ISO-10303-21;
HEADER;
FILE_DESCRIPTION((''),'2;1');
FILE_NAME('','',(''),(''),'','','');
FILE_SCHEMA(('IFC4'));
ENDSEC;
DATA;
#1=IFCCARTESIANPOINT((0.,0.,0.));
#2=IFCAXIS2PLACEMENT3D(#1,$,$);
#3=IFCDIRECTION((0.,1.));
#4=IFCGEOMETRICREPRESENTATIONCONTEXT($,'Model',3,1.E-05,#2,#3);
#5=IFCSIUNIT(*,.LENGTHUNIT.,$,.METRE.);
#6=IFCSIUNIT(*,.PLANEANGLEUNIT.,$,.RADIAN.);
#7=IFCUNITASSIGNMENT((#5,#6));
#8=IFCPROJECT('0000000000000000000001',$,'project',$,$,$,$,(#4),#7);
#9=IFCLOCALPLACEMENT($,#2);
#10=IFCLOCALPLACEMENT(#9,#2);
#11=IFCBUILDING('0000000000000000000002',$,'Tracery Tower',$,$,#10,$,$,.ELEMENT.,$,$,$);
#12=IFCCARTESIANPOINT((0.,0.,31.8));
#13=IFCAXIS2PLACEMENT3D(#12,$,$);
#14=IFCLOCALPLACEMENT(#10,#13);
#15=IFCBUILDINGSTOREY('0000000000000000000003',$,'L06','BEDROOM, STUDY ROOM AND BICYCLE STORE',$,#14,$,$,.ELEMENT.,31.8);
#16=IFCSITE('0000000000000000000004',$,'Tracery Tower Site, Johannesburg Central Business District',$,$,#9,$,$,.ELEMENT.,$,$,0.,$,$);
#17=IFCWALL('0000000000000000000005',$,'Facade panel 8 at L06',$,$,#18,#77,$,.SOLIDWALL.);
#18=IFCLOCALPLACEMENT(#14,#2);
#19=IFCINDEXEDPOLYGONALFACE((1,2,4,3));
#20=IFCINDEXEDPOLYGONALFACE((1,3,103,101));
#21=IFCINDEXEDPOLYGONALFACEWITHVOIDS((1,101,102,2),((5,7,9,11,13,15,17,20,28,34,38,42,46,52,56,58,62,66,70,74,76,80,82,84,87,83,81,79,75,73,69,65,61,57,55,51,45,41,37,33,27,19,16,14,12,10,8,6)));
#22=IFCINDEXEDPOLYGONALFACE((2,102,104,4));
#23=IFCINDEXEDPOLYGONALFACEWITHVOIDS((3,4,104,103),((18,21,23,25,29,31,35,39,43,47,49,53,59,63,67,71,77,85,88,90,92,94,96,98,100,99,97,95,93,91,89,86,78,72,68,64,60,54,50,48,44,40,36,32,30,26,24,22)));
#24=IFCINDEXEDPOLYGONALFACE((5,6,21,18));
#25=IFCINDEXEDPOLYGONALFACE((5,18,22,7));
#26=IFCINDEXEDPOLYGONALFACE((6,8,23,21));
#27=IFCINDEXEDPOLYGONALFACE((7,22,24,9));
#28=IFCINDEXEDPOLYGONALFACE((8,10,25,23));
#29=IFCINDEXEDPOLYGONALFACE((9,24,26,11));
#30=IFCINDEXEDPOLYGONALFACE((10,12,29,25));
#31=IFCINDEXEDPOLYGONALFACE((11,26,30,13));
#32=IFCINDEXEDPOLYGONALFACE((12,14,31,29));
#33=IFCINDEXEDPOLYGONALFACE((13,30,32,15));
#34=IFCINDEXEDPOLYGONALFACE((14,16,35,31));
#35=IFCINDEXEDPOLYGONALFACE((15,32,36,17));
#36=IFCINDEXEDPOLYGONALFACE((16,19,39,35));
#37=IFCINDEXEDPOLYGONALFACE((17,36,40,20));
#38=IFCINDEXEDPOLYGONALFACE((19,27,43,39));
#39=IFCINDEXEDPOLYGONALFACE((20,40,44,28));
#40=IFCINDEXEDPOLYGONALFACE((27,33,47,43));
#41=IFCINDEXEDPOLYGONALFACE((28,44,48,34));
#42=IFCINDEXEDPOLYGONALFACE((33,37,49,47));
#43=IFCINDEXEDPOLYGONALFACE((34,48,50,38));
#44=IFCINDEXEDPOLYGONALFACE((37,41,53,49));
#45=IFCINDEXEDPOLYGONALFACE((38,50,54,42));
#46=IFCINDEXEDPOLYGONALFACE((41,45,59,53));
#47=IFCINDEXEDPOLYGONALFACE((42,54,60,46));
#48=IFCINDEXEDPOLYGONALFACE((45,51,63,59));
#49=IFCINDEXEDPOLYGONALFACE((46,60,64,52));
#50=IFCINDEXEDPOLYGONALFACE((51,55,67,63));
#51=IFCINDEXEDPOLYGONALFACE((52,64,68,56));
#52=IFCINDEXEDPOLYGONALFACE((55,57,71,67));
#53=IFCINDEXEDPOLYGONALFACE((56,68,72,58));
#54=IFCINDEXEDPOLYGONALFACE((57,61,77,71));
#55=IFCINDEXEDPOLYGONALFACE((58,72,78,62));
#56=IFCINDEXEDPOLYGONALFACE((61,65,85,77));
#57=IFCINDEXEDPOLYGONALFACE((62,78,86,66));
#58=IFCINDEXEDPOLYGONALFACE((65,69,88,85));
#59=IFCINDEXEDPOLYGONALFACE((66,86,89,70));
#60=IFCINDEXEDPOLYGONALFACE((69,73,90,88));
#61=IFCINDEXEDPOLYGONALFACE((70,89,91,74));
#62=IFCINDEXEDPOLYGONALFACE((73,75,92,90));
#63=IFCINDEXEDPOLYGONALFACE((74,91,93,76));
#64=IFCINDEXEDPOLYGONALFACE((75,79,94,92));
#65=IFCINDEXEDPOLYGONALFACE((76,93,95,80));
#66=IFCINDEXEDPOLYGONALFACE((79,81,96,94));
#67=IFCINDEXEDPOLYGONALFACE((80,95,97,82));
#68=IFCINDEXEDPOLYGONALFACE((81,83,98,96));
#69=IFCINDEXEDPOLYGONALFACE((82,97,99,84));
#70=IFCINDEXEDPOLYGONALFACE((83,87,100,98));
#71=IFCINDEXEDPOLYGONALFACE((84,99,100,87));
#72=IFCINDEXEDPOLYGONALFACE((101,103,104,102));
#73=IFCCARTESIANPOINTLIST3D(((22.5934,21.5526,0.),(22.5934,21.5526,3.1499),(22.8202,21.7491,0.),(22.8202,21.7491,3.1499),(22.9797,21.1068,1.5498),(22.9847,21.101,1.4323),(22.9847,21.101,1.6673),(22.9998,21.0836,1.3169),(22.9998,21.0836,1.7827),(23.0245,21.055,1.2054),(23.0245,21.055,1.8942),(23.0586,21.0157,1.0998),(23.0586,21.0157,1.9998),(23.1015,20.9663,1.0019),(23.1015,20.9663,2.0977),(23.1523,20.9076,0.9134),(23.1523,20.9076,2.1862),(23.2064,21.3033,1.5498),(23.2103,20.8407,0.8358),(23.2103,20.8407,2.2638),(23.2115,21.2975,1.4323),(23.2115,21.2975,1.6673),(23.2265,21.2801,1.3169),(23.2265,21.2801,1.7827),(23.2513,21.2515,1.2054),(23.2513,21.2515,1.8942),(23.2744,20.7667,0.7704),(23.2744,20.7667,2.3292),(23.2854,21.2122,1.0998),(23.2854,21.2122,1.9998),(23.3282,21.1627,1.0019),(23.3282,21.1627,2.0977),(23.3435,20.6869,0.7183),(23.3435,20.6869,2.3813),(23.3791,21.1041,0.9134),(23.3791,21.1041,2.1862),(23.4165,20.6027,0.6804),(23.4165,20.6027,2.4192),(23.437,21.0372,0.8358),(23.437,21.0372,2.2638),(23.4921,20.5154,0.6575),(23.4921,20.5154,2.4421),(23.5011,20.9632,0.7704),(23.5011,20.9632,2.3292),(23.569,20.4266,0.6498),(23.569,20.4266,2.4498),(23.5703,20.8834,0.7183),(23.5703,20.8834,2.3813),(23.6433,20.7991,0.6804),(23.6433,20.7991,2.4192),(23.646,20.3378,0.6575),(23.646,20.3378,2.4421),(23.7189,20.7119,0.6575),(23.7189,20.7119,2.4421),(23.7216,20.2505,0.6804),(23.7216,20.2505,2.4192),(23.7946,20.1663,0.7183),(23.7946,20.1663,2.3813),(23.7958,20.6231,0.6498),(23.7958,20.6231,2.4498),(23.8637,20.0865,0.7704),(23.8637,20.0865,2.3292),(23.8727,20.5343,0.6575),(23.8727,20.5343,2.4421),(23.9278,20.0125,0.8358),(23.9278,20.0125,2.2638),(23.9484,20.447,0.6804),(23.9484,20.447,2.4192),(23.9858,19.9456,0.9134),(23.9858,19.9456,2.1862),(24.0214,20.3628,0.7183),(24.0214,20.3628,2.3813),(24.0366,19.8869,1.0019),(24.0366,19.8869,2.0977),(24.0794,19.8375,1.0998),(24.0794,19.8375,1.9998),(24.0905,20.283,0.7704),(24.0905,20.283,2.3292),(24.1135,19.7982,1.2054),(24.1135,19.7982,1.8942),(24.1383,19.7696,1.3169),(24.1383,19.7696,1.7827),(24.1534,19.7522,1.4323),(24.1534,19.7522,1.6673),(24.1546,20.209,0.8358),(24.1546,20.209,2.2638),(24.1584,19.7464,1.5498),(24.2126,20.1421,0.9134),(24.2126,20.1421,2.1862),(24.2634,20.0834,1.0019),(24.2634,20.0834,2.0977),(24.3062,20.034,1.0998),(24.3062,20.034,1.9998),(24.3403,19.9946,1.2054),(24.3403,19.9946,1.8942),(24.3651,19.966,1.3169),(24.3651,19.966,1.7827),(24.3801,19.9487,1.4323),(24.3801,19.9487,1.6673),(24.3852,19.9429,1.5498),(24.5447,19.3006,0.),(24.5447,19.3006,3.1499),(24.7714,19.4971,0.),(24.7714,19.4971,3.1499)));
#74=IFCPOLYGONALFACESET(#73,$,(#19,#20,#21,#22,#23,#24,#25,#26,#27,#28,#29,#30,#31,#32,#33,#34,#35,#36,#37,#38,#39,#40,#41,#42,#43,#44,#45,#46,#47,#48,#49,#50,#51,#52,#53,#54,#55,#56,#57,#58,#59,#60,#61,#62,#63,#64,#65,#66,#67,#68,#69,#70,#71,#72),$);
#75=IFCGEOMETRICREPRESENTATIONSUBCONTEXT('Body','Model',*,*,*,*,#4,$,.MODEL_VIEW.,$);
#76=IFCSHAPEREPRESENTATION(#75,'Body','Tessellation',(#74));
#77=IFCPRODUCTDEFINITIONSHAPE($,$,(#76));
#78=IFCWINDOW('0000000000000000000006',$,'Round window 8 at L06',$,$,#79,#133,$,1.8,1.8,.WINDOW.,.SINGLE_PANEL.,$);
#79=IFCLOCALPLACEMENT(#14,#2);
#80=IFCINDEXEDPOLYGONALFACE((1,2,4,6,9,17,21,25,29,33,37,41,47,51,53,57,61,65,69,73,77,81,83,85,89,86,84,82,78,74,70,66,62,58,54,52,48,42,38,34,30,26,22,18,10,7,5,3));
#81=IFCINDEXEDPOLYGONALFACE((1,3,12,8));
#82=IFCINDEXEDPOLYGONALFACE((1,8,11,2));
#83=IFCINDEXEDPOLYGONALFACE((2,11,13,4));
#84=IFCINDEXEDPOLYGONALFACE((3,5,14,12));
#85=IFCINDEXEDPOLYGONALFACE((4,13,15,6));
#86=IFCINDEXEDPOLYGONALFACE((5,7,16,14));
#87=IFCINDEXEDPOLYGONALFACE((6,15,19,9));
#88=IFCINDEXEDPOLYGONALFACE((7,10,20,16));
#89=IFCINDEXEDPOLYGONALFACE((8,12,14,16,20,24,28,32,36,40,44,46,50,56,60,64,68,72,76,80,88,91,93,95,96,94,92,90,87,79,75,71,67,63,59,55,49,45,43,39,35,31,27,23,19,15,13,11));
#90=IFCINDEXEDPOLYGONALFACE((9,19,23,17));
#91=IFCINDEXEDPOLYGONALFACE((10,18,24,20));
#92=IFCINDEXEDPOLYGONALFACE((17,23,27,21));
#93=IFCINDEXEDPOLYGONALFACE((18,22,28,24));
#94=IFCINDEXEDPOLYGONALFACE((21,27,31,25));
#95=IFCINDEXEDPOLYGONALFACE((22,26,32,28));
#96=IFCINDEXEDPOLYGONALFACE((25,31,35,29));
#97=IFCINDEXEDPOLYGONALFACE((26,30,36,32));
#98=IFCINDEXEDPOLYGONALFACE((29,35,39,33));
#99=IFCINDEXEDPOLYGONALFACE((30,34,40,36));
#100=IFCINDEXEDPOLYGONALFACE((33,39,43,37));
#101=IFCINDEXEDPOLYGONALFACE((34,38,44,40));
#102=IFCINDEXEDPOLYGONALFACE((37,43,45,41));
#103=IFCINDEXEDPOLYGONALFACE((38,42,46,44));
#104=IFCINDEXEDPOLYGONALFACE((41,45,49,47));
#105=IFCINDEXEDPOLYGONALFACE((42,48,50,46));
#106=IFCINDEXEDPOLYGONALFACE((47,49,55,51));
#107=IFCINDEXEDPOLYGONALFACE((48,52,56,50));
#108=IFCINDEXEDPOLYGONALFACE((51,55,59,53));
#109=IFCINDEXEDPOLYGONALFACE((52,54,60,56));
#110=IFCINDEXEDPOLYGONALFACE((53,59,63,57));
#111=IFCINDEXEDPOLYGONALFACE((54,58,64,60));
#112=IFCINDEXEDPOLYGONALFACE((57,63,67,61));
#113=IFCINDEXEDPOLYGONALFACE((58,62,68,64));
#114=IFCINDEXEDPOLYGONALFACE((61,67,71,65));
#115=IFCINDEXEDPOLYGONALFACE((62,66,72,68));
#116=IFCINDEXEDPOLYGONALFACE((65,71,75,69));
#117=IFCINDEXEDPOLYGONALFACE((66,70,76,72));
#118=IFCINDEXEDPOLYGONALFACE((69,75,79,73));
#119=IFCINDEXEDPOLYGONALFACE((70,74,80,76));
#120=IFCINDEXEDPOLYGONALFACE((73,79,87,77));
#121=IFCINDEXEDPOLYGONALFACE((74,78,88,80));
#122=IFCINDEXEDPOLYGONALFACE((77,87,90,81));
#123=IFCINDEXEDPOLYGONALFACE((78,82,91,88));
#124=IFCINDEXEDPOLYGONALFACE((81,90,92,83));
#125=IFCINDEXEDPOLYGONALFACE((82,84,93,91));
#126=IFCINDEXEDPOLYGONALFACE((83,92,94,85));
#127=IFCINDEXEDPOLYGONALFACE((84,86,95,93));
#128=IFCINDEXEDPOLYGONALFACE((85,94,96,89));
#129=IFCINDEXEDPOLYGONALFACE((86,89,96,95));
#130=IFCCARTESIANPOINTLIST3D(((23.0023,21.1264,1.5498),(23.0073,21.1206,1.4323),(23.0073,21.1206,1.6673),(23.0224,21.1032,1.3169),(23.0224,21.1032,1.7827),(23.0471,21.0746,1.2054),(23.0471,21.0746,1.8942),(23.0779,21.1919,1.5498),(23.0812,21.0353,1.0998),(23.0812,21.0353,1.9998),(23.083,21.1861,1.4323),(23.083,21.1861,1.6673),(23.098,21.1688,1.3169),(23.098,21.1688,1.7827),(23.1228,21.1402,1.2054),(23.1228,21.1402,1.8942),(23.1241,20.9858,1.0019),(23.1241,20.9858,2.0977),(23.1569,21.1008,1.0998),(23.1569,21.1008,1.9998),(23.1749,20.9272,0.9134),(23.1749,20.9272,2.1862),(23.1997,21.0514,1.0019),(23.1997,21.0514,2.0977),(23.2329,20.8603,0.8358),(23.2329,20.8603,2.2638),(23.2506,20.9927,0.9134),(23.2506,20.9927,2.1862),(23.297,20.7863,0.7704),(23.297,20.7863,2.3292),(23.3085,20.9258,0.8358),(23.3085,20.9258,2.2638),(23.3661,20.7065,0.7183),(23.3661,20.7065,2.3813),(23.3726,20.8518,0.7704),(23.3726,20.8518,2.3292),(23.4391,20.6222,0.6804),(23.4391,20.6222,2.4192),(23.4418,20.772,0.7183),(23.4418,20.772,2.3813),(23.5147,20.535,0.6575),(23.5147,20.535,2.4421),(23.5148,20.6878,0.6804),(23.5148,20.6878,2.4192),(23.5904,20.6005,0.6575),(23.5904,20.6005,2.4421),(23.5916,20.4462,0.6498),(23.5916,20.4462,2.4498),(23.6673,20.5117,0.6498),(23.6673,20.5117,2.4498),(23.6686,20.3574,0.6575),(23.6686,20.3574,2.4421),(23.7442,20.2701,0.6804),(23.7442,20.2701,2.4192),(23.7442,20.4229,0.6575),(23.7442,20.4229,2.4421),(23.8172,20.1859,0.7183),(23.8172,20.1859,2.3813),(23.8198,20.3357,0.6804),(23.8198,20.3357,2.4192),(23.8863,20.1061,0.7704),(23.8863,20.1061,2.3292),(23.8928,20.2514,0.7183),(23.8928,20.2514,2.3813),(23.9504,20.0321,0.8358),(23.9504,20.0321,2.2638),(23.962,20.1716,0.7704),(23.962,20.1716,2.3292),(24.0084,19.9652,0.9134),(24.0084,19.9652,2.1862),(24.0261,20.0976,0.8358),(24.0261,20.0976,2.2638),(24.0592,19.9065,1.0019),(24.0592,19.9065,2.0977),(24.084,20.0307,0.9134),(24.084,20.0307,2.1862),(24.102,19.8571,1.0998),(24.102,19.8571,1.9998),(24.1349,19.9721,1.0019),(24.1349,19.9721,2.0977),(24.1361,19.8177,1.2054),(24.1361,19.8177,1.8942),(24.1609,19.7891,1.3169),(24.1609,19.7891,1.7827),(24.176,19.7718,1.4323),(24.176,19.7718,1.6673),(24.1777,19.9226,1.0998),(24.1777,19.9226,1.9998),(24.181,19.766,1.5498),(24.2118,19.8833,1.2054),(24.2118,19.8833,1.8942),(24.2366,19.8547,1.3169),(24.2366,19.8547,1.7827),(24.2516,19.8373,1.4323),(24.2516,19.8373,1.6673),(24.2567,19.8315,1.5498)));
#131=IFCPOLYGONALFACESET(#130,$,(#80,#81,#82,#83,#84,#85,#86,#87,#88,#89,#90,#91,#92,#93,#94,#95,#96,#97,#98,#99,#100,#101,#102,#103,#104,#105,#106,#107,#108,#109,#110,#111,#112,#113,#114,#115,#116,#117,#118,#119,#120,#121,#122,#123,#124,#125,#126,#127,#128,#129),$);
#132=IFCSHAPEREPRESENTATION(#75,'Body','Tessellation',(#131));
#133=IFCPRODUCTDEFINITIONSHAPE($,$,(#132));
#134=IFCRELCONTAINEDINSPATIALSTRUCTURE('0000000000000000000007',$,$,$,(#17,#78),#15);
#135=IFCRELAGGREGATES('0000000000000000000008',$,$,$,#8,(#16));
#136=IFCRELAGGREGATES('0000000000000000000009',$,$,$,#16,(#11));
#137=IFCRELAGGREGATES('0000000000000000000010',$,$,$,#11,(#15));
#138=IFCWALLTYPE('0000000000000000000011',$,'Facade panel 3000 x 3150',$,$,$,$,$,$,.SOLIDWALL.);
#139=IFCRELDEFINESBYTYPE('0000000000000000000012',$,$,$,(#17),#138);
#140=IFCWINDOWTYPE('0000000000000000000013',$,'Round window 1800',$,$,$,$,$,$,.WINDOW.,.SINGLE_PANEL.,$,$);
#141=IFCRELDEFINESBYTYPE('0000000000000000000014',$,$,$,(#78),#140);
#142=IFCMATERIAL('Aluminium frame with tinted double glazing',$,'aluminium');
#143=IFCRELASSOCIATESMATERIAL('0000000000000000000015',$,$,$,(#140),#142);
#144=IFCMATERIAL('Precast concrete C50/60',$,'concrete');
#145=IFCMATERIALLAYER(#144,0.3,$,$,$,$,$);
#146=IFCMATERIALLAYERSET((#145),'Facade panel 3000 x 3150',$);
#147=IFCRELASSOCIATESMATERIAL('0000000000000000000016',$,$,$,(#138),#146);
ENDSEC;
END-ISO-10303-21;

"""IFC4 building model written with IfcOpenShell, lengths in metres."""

from ifc_helpers import new_model, si_unit, direction, frame, frame_2d, origin, origin_2d, place, context, subcontext, project, spatial, rectangle, circle, extrude, material, layer, layer_set, type_object, element, fill, save


model = new_model("IFC4")

# Units and contexts
model_context = context("Model", 3, precision=1e-05, world=origin(), true_north=direction((0.0, 1.0)))
body_context = subcontext(model_context, "Body", "Model", "MODEL_VIEW")
ifc_project = project(units=[si_unit("LENGTHUNIT", "METRE"), si_unit("PLANEANGLEUNIT", "RADIAN")], contexts=[model_context])

# Site, building, storey
site_placement = place(None, origin())
site = spatial("IfcSite", under=ifc_project, at=site_placement, Name="Tracery Tower Site, Johannesburg Central Business District", CompositionType="ELEMENT", RefElevation=0.0)
building_placement = place(site_placement, origin())
building = spatial("IfcBuilding", under=site, at=building_placement, Name="Tracery Tower", CompositionType="ELEMENT")
storey_placement = place(building_placement, frame((0.0, 0.0, 31.8)))
storey = spatial("IfcBuildingStorey", under=building, at=storey_placement, Name="L06", Description="BEDROOM, STUDY ROOM AND BICYCLE STORE", CompositionType="ELEMENT", Elevation=31.8)

# Wall, opening, window
ifc_material_1 = material(Name="Aluminium frame with tinted double glazing", Category="aluminium")
window_type = type_object("IfcWindowType", Name="Round window 1800", PartitioningType="SINGLE_PANEL", PredefinedType="WINDOW", material=ifc_material_1)
ifc_material_2 = material(Name="Precast concrete C50/60", Category="concrete")
ifc_layer_1 = layer(ifc_material_2, 0.3)
ifc_layer_set_1 = layer_set([ifc_layer_1], Name="Facade panel 3000 x 3150")
wall_type_1 = type_object("IfcWallType", Name="Facade panel 3000 x 3150", PredefinedType="SOLIDWALL", material=ifc_layer_set_1)
wall_1_placement = place(storey_placement, frame((24.658, 19.3989, 0.0), z_axis=(0.0, 0.0, 1.0), x_axis=(-0.654831, 0.755776, 0.0)))
wall_1 = element("IfcWall", 1, at=wall_1_placement, inside=storey, type_object=wall_type_1, Name="Facade panel 8 at L06", PredefinedType="SOLIDWALL", context=body_context, shape_type="SweptSolid", body=[
    extrude(rectangle(XDim=2.9797, YDim=0.3, at=frame_2d((1.4897, 0.0))), origin(), (0.0, 0.0, 1.0), 3.1499),
])
opening_1_placement = place(wall_1_placement, frame((1.4897, 0.0, 1.5498)))
opening_1 = element("IfcOpeningElement", 2, at=opening_1_placement, cuts=wall_1, PredefinedType="OPENING", context=body_context, shape_type="SweptSolid", body=[
    extrude(circle(Radius=0.9, at=origin_2d()), frame((0.0, 0.1599, 0.0), z_axis=(0.0, -1.0, 0.0), x_axis=(1.0, 0.0, 0.0)), (0.0, 0.0, 1.0), 0.3201),
])
window_1_placement = place(opening_1_placement, origin())
window_1 = element("IfcWindow", 3, at=window_1_placement, inside=storey, type_object=window_type, Name="Round window 8 at L06", OverallHeight=1.8, OverallWidth=1.8, PartitioningType="SINGLE_PANEL", PredefinedType="WINDOW", context=body_context, shape_type="SweptSolid", body=[
    extrude(circle(Radius=0.9, at=origin_2d()), frame((0.0, 0.1201, 0.0), z_axis=(0.0, -1.0, 0.0), x_axis=(1.0, 0.0, 0.0)), (0.0, 0.0, 1.0), 0.1001),
])
fill(opening_1, window_1)

save(model, "model.ifc")
